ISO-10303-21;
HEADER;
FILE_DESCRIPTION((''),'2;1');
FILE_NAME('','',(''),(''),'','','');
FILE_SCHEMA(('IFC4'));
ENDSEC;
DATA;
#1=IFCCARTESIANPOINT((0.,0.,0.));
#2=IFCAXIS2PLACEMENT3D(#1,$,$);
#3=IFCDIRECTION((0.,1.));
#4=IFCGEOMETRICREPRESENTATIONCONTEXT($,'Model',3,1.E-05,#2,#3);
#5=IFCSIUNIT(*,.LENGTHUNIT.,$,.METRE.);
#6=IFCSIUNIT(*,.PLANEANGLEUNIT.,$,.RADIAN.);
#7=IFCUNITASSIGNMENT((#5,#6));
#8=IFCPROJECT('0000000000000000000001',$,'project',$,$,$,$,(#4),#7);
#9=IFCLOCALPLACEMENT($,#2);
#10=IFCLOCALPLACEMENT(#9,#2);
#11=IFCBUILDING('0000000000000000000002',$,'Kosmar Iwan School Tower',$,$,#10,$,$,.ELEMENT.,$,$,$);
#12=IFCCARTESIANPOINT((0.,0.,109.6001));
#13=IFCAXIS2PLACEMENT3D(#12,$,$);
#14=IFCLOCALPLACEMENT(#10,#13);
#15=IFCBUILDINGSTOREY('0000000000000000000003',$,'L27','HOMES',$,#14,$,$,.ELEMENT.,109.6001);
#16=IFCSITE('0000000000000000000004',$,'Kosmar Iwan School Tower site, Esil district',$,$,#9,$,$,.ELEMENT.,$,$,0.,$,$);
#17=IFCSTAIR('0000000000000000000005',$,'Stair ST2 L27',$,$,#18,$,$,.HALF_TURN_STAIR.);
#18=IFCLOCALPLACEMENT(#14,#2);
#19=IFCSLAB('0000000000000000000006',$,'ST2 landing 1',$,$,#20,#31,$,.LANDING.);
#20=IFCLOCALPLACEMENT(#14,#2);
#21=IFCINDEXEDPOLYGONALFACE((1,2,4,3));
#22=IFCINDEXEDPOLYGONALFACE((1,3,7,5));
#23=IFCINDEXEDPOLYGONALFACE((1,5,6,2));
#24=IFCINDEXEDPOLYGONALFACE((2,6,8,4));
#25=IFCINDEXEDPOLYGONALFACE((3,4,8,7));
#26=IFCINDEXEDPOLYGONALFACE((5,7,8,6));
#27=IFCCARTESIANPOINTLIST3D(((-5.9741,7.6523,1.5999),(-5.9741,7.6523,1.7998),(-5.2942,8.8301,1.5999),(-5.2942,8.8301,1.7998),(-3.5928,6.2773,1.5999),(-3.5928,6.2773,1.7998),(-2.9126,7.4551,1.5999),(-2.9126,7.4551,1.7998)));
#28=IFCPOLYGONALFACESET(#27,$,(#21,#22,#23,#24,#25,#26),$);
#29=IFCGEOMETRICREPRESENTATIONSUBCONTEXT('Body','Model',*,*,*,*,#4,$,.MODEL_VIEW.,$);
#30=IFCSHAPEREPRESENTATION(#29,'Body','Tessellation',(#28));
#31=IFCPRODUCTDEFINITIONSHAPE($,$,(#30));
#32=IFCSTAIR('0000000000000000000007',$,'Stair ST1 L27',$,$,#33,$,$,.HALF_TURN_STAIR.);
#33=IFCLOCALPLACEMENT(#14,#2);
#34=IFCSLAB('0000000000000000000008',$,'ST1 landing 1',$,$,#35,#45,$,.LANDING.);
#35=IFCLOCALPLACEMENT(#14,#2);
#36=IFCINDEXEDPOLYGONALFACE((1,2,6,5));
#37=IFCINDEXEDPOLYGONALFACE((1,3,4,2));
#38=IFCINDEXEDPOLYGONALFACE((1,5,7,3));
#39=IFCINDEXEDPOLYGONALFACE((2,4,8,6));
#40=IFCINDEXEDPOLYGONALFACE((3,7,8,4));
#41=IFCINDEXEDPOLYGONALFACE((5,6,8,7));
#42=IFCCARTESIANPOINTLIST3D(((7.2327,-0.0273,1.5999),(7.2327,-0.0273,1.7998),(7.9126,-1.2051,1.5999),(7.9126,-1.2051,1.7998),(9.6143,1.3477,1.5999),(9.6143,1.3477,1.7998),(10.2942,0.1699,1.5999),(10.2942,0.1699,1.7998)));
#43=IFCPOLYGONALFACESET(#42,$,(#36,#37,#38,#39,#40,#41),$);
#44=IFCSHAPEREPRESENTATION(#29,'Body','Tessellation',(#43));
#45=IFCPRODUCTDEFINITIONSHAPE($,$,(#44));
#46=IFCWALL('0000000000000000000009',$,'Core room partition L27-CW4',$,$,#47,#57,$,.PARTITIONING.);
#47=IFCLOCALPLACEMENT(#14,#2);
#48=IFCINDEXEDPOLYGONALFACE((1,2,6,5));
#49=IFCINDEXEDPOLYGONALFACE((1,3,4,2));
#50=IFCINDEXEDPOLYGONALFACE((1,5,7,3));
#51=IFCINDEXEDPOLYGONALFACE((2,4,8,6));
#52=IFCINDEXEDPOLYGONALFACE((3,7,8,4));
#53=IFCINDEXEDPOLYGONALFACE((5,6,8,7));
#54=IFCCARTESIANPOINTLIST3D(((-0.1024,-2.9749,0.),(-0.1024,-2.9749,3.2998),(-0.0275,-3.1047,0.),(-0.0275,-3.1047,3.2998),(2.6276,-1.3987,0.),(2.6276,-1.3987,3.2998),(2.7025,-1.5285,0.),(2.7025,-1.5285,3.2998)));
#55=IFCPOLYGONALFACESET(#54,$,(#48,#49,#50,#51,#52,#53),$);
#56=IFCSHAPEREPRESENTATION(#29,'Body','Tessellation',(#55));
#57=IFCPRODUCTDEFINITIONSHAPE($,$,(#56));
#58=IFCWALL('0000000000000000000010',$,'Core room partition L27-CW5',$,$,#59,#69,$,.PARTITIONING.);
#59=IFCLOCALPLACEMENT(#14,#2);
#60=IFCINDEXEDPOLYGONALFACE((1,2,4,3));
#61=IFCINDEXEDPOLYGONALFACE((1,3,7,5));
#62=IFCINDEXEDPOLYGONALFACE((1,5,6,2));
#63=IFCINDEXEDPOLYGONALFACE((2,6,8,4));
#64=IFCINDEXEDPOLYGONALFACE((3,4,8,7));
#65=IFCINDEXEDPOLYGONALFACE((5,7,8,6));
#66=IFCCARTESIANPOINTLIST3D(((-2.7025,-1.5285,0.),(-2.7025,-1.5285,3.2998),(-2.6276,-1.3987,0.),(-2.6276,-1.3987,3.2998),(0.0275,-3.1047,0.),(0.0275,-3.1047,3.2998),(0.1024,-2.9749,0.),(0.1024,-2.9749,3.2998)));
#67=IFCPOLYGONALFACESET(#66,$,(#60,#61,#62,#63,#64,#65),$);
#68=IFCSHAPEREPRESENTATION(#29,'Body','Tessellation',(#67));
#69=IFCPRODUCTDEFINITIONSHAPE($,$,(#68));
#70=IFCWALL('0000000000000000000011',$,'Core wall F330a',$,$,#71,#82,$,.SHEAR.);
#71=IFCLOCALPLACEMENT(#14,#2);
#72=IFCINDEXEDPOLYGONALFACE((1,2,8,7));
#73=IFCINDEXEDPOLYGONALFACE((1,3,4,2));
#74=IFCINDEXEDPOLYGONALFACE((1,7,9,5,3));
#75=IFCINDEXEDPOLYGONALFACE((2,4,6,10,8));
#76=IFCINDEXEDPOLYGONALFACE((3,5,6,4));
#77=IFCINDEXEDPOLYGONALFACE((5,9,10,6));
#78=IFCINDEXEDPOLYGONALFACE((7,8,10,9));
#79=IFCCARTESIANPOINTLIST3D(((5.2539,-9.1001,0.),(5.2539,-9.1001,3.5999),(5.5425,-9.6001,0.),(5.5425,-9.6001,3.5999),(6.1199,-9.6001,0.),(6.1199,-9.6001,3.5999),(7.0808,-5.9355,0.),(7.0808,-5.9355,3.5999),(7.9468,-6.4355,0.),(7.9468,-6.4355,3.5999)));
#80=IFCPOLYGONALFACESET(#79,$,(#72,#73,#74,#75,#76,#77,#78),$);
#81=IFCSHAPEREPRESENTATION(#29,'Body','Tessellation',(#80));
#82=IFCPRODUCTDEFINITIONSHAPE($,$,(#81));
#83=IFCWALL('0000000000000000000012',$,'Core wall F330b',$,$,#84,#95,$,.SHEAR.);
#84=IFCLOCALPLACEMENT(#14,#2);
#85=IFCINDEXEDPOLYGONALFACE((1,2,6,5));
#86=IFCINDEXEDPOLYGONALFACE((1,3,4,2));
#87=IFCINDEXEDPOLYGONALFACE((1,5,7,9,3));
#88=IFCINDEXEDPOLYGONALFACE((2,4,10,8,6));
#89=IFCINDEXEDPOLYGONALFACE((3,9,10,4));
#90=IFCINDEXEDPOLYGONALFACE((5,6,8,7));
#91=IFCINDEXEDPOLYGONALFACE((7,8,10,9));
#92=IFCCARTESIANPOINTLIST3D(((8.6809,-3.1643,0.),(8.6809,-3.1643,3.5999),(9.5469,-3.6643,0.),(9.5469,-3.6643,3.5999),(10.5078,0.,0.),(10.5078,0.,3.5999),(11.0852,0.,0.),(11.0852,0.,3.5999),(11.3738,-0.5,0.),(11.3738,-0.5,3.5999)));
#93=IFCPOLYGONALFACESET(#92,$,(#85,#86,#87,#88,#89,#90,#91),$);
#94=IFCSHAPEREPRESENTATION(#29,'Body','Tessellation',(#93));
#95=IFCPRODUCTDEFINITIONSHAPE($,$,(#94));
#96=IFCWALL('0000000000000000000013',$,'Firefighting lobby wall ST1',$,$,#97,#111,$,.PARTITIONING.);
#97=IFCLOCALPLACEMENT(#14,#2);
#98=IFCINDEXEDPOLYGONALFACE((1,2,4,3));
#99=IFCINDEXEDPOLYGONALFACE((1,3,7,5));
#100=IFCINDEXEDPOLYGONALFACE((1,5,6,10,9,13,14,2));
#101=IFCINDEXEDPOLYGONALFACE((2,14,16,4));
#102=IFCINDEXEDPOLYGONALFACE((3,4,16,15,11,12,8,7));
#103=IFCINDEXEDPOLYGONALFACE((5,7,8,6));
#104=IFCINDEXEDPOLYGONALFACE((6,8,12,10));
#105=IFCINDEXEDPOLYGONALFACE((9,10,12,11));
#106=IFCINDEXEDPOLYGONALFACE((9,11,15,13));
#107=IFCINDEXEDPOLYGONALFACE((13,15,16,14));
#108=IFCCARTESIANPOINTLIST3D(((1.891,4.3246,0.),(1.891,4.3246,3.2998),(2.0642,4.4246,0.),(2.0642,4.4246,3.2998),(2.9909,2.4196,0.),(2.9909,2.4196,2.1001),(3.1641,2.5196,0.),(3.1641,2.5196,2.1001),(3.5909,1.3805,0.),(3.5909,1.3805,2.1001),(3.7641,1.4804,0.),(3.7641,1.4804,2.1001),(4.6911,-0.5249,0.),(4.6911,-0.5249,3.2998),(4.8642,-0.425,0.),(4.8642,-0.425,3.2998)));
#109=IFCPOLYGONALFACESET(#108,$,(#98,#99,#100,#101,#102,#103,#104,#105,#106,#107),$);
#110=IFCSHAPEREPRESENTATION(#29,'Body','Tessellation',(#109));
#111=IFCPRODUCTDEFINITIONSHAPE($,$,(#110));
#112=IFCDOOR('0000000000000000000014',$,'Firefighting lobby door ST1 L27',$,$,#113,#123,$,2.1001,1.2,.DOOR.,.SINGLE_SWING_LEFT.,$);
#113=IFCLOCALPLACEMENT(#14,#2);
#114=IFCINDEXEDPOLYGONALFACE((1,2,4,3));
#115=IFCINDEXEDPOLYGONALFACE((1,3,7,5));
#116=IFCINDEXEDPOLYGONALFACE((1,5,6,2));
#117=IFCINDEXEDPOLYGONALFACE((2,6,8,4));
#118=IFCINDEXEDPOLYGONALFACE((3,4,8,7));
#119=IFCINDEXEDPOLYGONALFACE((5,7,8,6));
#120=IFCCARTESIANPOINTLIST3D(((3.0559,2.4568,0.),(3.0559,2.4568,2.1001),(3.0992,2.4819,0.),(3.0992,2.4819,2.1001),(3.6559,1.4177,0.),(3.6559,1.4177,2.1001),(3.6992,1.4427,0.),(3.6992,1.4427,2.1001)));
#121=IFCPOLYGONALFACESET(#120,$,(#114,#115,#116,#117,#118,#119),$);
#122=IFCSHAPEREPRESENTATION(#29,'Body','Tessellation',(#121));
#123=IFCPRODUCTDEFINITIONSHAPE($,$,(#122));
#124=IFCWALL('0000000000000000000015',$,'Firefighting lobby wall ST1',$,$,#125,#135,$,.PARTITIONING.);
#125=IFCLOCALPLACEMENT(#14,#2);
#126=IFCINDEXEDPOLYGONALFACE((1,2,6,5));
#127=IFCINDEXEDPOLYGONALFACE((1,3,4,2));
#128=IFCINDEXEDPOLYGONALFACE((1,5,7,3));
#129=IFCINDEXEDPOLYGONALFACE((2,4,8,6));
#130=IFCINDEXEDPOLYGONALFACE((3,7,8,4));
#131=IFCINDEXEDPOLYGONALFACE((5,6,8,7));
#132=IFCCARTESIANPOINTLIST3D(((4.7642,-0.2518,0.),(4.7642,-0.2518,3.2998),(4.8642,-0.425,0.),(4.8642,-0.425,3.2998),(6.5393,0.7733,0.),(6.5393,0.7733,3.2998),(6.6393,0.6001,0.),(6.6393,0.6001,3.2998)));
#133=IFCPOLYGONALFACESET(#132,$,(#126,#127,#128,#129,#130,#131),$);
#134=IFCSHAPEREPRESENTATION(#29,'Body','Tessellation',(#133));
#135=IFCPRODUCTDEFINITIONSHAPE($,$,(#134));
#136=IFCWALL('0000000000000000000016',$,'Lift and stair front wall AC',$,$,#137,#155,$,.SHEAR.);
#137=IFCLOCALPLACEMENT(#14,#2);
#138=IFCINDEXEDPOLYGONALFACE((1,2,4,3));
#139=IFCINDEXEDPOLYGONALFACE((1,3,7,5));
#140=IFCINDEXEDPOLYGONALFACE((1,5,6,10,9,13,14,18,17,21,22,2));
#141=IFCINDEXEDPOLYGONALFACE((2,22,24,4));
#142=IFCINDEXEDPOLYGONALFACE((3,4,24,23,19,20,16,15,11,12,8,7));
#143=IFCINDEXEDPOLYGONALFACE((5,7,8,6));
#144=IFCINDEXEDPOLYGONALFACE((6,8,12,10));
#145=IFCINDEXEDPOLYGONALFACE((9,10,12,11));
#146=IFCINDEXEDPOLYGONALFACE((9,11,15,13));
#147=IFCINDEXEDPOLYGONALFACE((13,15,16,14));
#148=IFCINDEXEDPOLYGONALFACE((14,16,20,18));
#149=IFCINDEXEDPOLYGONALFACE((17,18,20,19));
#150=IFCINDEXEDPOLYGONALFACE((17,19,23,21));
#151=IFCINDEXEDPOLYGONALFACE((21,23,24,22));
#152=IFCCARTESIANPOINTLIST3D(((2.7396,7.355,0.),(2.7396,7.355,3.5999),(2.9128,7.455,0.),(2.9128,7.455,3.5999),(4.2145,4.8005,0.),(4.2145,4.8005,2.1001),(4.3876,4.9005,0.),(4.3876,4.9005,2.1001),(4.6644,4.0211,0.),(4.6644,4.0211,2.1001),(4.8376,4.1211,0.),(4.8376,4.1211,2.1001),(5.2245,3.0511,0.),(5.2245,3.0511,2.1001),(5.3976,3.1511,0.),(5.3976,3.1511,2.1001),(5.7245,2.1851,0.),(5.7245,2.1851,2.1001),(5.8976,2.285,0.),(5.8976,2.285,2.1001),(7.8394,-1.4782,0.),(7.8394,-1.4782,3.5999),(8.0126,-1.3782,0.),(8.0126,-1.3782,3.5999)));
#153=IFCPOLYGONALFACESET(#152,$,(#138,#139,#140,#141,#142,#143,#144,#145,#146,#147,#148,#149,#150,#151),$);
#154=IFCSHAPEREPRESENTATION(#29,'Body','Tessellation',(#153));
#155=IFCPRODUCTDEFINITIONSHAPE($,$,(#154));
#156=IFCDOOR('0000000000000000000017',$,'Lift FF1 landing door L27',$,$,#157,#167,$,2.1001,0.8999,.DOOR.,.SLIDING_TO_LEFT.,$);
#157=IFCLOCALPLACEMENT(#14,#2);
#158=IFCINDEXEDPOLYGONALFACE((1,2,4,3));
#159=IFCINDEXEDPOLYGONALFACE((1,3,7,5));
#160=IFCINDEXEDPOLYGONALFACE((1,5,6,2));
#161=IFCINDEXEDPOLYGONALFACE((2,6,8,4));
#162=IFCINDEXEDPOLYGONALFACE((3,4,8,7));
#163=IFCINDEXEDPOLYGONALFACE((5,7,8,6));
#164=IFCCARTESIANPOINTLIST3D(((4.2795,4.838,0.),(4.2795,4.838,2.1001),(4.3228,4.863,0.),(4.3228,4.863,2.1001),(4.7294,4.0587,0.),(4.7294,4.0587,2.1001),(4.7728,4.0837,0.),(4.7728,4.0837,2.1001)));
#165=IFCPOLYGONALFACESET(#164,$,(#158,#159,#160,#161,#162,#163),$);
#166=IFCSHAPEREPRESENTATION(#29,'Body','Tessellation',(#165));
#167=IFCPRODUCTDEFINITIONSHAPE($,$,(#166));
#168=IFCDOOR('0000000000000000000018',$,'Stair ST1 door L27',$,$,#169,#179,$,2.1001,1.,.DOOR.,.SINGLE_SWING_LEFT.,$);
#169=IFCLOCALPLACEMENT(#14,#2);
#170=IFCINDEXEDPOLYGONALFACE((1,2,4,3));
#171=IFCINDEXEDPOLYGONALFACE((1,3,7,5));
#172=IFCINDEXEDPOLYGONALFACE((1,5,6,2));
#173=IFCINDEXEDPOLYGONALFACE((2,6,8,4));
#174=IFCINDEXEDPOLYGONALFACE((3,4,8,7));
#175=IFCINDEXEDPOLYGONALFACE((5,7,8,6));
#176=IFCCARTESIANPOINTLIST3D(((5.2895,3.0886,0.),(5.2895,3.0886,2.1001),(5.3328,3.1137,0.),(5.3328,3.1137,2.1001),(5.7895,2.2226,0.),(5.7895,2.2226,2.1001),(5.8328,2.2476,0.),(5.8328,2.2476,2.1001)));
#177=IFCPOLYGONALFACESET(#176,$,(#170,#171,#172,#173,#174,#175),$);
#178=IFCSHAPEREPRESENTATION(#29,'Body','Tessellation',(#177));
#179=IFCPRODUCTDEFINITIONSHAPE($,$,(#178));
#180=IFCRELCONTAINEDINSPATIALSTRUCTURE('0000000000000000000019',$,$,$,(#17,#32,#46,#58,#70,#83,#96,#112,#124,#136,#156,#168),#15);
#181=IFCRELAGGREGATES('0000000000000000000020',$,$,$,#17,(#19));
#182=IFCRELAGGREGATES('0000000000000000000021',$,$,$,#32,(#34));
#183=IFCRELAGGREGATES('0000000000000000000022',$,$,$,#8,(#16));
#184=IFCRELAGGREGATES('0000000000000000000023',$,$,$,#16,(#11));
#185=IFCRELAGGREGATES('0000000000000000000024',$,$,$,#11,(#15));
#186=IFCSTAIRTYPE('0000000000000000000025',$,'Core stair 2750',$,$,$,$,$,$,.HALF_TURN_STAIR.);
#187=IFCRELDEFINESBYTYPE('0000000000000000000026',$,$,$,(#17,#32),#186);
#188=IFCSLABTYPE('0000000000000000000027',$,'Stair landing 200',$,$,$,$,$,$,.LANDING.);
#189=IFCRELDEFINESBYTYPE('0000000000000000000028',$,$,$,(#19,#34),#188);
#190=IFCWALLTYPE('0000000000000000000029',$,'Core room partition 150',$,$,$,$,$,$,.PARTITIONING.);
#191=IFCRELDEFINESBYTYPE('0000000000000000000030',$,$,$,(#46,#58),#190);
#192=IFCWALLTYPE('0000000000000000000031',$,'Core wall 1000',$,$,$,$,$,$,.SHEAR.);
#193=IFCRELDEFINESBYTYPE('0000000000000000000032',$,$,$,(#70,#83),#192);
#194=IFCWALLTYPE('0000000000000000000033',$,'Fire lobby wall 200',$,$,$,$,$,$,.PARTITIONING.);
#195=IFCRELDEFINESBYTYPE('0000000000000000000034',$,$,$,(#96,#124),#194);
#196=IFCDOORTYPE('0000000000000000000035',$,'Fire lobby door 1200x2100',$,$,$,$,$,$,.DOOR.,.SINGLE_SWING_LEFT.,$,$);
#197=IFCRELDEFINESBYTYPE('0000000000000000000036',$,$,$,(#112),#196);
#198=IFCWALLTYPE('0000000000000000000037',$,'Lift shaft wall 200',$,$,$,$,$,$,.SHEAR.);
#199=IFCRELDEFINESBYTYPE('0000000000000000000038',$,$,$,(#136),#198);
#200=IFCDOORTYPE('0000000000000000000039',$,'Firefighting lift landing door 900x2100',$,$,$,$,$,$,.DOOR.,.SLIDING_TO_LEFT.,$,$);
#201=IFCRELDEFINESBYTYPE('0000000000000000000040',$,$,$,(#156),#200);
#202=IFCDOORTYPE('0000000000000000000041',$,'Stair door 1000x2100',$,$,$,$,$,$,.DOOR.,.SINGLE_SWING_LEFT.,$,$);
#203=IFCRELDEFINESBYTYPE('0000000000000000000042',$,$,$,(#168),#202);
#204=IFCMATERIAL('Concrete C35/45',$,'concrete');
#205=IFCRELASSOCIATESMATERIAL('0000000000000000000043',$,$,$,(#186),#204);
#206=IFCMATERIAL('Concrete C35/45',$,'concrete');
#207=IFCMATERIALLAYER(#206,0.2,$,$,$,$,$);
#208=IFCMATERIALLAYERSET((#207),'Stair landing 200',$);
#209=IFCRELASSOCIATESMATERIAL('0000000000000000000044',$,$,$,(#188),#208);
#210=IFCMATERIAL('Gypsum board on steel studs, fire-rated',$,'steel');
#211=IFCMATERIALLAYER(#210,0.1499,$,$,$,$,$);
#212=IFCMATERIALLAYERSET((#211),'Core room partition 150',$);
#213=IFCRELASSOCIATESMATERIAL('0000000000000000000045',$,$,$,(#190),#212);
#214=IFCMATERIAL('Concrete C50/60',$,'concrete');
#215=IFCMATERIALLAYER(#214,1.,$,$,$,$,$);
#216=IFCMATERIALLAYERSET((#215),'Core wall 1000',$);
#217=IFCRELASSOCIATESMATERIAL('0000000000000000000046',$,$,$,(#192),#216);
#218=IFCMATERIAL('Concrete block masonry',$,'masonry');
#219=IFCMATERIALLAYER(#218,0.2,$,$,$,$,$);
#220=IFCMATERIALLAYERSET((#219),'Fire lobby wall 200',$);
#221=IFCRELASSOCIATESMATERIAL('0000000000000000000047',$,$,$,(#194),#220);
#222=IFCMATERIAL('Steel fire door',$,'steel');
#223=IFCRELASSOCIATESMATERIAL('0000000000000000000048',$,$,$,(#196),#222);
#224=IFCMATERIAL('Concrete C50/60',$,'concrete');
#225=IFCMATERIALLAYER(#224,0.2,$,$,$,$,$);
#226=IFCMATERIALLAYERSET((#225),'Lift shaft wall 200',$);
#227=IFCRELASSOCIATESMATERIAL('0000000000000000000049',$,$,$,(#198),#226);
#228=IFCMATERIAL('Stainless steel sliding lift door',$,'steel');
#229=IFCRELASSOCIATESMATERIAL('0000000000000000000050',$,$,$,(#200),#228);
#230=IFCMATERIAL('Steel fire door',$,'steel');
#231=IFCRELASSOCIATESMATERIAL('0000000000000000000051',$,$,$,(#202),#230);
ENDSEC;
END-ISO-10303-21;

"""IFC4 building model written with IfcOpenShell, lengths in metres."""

from ifc_helpers import new_model, si_unit, direction, frame, frame_2d, origin, place, context, subcontext, project, spatial, polyline, rectangle, outline, extrude, material, layer, layer_set, type_object, element, fill, aggregate, save


model = new_model("IFC4")

# Units and contexts
model_context = context("Model", 3, precision=1e-05, world=origin(), true_north=direction((0.0, 1.0)))
body_context = subcontext(model_context, "Body", "Model", "MODEL_VIEW")
ifc_project = project(units=[si_unit("LENGTHUNIT", "METRE"), si_unit("PLANEANGLEUNIT", "RADIAN")], contexts=[model_context])

# Site, building, storey
site_placement = place(None, origin())
site = spatial("IfcSite", under=ifc_project, at=site_placement, Name="Kosmar Iwan School Tower site, Esil district", CompositionType="ELEMENT", RefElevation=0.0)
building_placement = place(site_placement, origin())
building = spatial("IfcBuilding", under=site, at=building_placement, Name="Kosmar Iwan School Tower", CompositionType="ELEMENT")
storey_placement = place(building_placement, frame((0.0, 0.0, 109.6001)))
storey = spatial("IfcBuildingStorey", under=building, at=storey_placement, Name="L27", Description="HOMES", CompositionType="ELEMENT", Elevation=109.6001)

# Stairs, slabs
ifc_material_1 = material(Name="Concrete C35/45", Category="concrete")
stair_type = type_object("IfcStairType", Name="Core stair 2750", PredefinedType="HALF_TURN_STAIR", material=ifc_material_1)
stair_1_placement = place(storey_placement, origin())
stair_1 = element("IfcStair", 1, at=stair_1_placement, inside=storey, type_object=stair_type, Name="Stair ST2 L27", PredefinedType="HALF_TURN_STAIR")
ifc_material_2 = material(Name="Concrete C35/45", Category="concrete")
ifc_layer_1 = layer(ifc_material_2, 0.2)
ifc_layer_set_1 = layer_set([ifc_layer_1], Name="Stair landing 200")
slab_type = type_object("IfcSlabType", Name="Stair landing 200", PredefinedType="LANDING", material=ifc_layer_set_1)
slab_1_placement = place(storey_placement, frame((0.0, 0.0, 1.5999)))
slab_1 = element("IfcSlab", 2, at=slab_1_placement, type_object=slab_type, Name="ST2 landing 1", PredefinedType="LANDING", context=body_context, shape_type="SweptSolid", body=[
    extrude(outline(polyline([(-2.9126, 7.4551), (-5.2942, 8.8301), (-5.9741, 7.6523), (-3.5928, 6.2773), (-2.9126, 7.4551)])), origin(), (0.0, 0.0, 1.0), 0.2),
])
aggregate(stair_1, [slab_1])
stair_2_placement = place(storey_placement, origin())
stair_2 = element("IfcStair", 3, at=stair_2_placement, inside=storey, type_object=stair_type, Name="Stair ST1 L27", PredefinedType="HALF_TURN_STAIR")
slab_2_placement = place(storey_placement, frame((0.0, 0.0, 1.5999)))
slab_2 = element("IfcSlab", 4, at=slab_2_placement, type_object=slab_type, Name="ST1 landing 1", PredefinedType="LANDING", context=body_context, shape_type="SweptSolid", body=[
    extrude(outline(polyline([(7.9126, -1.2051), (10.2942, 0.1699), (9.6143, 1.3477), (7.2327, -0.0273), (7.9126, -1.2051)])), origin(), (0.0, 0.0, 1.0), 0.2),
])
aggregate(stair_2, [slab_2])

# Walls
ifc_material_3 = material(Name="Gypsum board on steel studs, fire-rated", Category="steel")
ifc_layer_2 = layer(ifc_material_3, 0.1499)
ifc_layer_set_2 = layer_set([ifc_layer_2], Name="Core room partition 150")
wall_type_1 = type_object("IfcWallType", Name="Core room partition 150", PredefinedType="PARTITIONING", material=ifc_layer_set_2)
for number, where, z_axis, x_axis, name in (
    (5, (2.665, -1.4636, 0.0), (0.0, 0.0, 1.0), (-0.866023, -0.500004, 0.0), "Core room partition L27-CW4"),
    (6, (0.0649, -3.0398, 0.0), (0.0, 0.0, 1.0), (-0.866023, 0.500004, 0.0), "Core room partition L27-CW5"),
):
    element("IfcWall", number, at=place(storey_placement, frame(where, z_axis=z_axis, x_axis=x_axis)), inside=storey, type_object=wall_type_1, Name=name, PredefinedType="PARTITIONING", context=body_context, shape_type="SweptSolid", body=[
        extrude(rectangle(XDim=3.1523, YDim=0.1499, at=frame_2d((1.5762, 0.0))), origin(), (0.0, 0.0, 1.0), 3.2998),
    ])
ifc_material_4 = material(Name="Concrete C50/60", Category="concrete")
ifc_layer_3 = layer(ifc_material_4, 1.0)
ifc_layer_set_3 = layer_set([ifc_layer_3], Name="Core wall 1000")
wall_type_2 = type_object("IfcWallType", Name="Core wall 1000", PredefinedType="SHEAR", material=ifc_layer_set_3)
wall_1_placement = place(storey_placement, origin())
element("IfcWall", 7, at=wall_1_placement, inside=storey, type_object=wall_type_2, Name="Core wall F330a", PredefinedType="SHEAR", context=body_context, shape_type="SweptSolid", body=[
    extrude(outline(polyline([(5.5425, -9.6001), (6.1199, -9.6001), (7.9468, -6.4355), (7.0808, -5.9355), (5.2539, -9.1001), (5.5425, -9.6001)])), origin(), (0.0, 0.0, 1.0), 3.5999),
])
wall_2_placement = place(storey_placement, origin())
element("IfcWall", 8, at=wall_2_placement, inside=storey, type_object=wall_type_2, Name="Core wall F330b", PredefinedType="SHEAR", context=body_context, shape_type="SweptSolid", body=[
    extrude(outline(polyline([(9.5469, -3.6643), (11.3738, -0.5), (11.0852, 0.0), (10.5078, 0.0), (8.6809, -3.1643), (9.5469, -3.6643)])), origin(), (0.0, 0.0, 1.0), 3.5999),
])

# Wall, opening, door
ifc_material_5 = material(Name="Concrete block masonry", Category="masonry")
ifc_layer_4 = layer(ifc_material_5, 0.2)
ifc_layer_set_4 = layer_set([ifc_layer_4], Name="Fire lobby wall 200")
wall_type_3 = type_object("IfcWallType", Name="Fire lobby wall 200", PredefinedType="PARTITIONING", material=ifc_layer_set_4)
wall_3_placement = place(storey_placement, frame((4.7776, -0.4749, 0.0), z_axis=(0.0, 0.0, 1.0), x_axis=(-0.500017, 0.866016, 0.0)))
wall_3 = element("IfcWall", 9, at=wall_3_placement, inside=storey, type_object=wall_type_3, Name="Firefighting lobby wall ST1", PredefinedType="PARTITIONING", context=body_context, shape_type="SweptSolid", body=[
    extrude(rectangle(XDim=5.5999, YDim=0.2, at=frame_2d((2.7998, 0.0))), origin(), (0.0, 0.0, 1.0), 3.2998),
])
opening_1_placement = place(wall_3_placement, frame((2.2, 0.0, 0.0)))
opening_1 = element("IfcOpeningElement", 10, at=opening_1_placement, cuts=wall_3, PredefinedType="OPENING", context=body_context, shape_type="SweptSolid", body=[
    extrude(rectangle(XDim=1.2, YDim=2.1001, at=frame_2d((0.6001, 1.05))), frame((0.0, 0.1121, 0.0), z_axis=(0.0, -1.0, 0.0), x_axis=(1.0, 0.0, 0.0)), (0.0, 0.0, 1.0), 0.2239),
])
ifc_material_6 = material(Name="Steel fire door", Category="steel")
door_type_1 = type_object("IfcDoorType", Name="Fire lobby door 1200x2100", OperationType="SINGLE_SWING_LEFT", PredefinedType="DOOR", material=ifc_material_6)
door_1_placement = place(opening_1_placement, frame((1.2, 0.0, 0.0), z_axis=(0.0, 0.0, 1.0), x_axis=(-1.0, 0.0, 0.0)))
door_1 = element("IfcDoor", 11, at=door_1_placement, inside=storey, type_object=door_type_1, Name="Firefighting lobby door ST1 L27", OperationType="SINGLE_SWING_LEFT", OverallHeight=2.1001, OverallWidth=1.2, PredefinedType="DOOR", context=body_context, shape_type="SweptSolid", body=[
    extrude(rectangle(XDim=1.2, YDim=2.1001, at=frame_2d((0.6001, 1.05))), frame((0.0, 0.0249, 0.0), z_axis=(0.0, -1.0, 0.0), x_axis=(1.0, 0.0, 0.0)), (0.0, 0.0, 1.0), 0.05),
])
fill(opening_1, door_1)

# Wall
wall_4_placement = place(storey_placement, frame((4.8142, -0.3384, 0.0), z_axis=(0.0, 0.0, 1.0), x_axis=(0.865969, 0.500097, 0.0)))
element("IfcWall", 12, at=wall_4_placement, inside=storey, type_object=wall_type_3, Name="Firefighting lobby wall ST1", PredefinedType="PARTITIONING", context=body_context, shape_type="SweptSolid", body=[
    extrude(rectangle(XDim=2.0498, YDim=0.2, at=frame_2d((1.0249, 0.0))), origin(), (0.0, 0.0, 1.0), 3.2998),
])

# Wall, openings, doors
ifc_material_7 = material(Name="Concrete C50/60", Category="concrete")
ifc_layer_5 = layer(ifc_material_7, 0.2)
ifc_layer_set_5 = layer_set([ifc_layer_5], Name="Lift shaft wall 200")
wall_type_4 = type_object("IfcWallType", Name="Lift shaft wall 200", PredefinedType="SHEAR", material=ifc_layer_set_5)
wall_5_placement = place(storey_placement, frame((7.926, -1.4282, 0.0), z_axis=(0.0, 0.0, 1.0), x_axis=(-0.499998, 0.866027, 0.0)))
wall_5 = element("IfcWall", 13, at=wall_5_placement, inside=storey, type_object=wall_type_4, Name="Lift and stair front wall AC", PredefinedType="SHEAR", context=body_context, shape_type="SweptSolid", body=[
    extrude(rectangle(XDim=10.1997, YDim=0.2, at=frame_2d((5.0999, 0.0))), origin(), (0.0, 0.0, 1.0), 3.5999),
])
opening_2_placement = place(wall_5_placement, frame((6.3501, 0.0, 0.0)))
opening_2 = element("IfcOpeningElement", 14, at=opening_2_placement, cuts=wall_5, PredefinedType="OPENING", context=body_context, shape_type="SweptSolid", body=[
    extrude(rectangle(XDim=0.8999, YDim=2.1001, at=frame_2d((0.45, 1.05))), frame((0.0, 0.1121, 0.0), z_axis=(0.0, -1.0, 0.0), x_axis=(1.0, 0.0, 0.0)), (0.0, 0.0, 1.0), 0.2239),
])
opening_3_placement = place(wall_5_placement, frame((4.23, 0.0, 0.0)))
opening_3 = element("IfcOpeningElement", 15, at=opening_3_placement, cuts=wall_5, PredefinedType="OPENING", context=body_context, shape_type="SweptSolid", body=[
    extrude(rectangle(XDim=1.0, YDim=2.1001, at=frame_2d((0.5, 1.05))), frame((0.0, 0.1121, 0.0), z_axis=(0.0, -1.0, 0.0), x_axis=(1.0, 0.0, 0.0)), (0.0, 0.0, 1.0), 0.2239),
])
ifc_material_8 = material(Name="Stainless steel sliding lift door", Category="steel")
door_type_2 = type_object("IfcDoorType", Name="Firefighting lift landing door 900x2100", OperationType="SLIDING_TO_LEFT", PredefinedType="DOOR", material=ifc_material_8)
door_2_placement = place(opening_2_placement, origin())
door_2 = element("IfcDoor", 16, at=door_2_placement, inside=storey, type_object=door_type_2, Name="Lift FF1 landing door L27", OperationType="SLIDING_TO_LEFT", OverallHeight=2.1001, OverallWidth=0.8999, PredefinedType="DOOR", context=body_context, shape_type="SweptSolid", body=[
    extrude(rectangle(XDim=0.8999, YDim=2.1001, at=frame_2d((0.45, 1.05))), frame((0.0, 0.0249, 0.0), z_axis=(0.0, -1.0, 0.0), x_axis=(1.0, 0.0, 0.0)), (0.0, 0.0, 1.0), 0.05),
])
fill(opening_2, door_2)
ifc_material_9 = material(Name="Steel fire door", Category="steel")
door_type_3 = type_object("IfcDoorType", Name="Stair door 1000x2100", OperationType="SINGLE_SWING_LEFT", PredefinedType="DOOR", material=ifc_material_9)
door_3_placement = place(opening_3_placement, origin())
door_3 = element("IfcDoor", 17, at=door_3_placement, inside=storey, type_object=door_type_3, Name="Stair ST1 door L27", OperationType="SINGLE_SWING_LEFT", OverallHeight=2.1001, OverallWidth=1.0, PredefinedType="DOOR", context=body_context, shape_type="SweptSolid", body=[
    extrude(rectangle(XDim=1.0, YDim=2.1001, at=frame_2d((0.5, 1.05))), frame((0.0, 0.0249, 0.0), z_axis=(0.0, -1.0, 0.0), x_axis=(1.0, 0.0, 0.0)), (0.0, 0.0, 1.0), 0.05),
])
fill(opening_3, door_3)

save(model, "model.ifc")
